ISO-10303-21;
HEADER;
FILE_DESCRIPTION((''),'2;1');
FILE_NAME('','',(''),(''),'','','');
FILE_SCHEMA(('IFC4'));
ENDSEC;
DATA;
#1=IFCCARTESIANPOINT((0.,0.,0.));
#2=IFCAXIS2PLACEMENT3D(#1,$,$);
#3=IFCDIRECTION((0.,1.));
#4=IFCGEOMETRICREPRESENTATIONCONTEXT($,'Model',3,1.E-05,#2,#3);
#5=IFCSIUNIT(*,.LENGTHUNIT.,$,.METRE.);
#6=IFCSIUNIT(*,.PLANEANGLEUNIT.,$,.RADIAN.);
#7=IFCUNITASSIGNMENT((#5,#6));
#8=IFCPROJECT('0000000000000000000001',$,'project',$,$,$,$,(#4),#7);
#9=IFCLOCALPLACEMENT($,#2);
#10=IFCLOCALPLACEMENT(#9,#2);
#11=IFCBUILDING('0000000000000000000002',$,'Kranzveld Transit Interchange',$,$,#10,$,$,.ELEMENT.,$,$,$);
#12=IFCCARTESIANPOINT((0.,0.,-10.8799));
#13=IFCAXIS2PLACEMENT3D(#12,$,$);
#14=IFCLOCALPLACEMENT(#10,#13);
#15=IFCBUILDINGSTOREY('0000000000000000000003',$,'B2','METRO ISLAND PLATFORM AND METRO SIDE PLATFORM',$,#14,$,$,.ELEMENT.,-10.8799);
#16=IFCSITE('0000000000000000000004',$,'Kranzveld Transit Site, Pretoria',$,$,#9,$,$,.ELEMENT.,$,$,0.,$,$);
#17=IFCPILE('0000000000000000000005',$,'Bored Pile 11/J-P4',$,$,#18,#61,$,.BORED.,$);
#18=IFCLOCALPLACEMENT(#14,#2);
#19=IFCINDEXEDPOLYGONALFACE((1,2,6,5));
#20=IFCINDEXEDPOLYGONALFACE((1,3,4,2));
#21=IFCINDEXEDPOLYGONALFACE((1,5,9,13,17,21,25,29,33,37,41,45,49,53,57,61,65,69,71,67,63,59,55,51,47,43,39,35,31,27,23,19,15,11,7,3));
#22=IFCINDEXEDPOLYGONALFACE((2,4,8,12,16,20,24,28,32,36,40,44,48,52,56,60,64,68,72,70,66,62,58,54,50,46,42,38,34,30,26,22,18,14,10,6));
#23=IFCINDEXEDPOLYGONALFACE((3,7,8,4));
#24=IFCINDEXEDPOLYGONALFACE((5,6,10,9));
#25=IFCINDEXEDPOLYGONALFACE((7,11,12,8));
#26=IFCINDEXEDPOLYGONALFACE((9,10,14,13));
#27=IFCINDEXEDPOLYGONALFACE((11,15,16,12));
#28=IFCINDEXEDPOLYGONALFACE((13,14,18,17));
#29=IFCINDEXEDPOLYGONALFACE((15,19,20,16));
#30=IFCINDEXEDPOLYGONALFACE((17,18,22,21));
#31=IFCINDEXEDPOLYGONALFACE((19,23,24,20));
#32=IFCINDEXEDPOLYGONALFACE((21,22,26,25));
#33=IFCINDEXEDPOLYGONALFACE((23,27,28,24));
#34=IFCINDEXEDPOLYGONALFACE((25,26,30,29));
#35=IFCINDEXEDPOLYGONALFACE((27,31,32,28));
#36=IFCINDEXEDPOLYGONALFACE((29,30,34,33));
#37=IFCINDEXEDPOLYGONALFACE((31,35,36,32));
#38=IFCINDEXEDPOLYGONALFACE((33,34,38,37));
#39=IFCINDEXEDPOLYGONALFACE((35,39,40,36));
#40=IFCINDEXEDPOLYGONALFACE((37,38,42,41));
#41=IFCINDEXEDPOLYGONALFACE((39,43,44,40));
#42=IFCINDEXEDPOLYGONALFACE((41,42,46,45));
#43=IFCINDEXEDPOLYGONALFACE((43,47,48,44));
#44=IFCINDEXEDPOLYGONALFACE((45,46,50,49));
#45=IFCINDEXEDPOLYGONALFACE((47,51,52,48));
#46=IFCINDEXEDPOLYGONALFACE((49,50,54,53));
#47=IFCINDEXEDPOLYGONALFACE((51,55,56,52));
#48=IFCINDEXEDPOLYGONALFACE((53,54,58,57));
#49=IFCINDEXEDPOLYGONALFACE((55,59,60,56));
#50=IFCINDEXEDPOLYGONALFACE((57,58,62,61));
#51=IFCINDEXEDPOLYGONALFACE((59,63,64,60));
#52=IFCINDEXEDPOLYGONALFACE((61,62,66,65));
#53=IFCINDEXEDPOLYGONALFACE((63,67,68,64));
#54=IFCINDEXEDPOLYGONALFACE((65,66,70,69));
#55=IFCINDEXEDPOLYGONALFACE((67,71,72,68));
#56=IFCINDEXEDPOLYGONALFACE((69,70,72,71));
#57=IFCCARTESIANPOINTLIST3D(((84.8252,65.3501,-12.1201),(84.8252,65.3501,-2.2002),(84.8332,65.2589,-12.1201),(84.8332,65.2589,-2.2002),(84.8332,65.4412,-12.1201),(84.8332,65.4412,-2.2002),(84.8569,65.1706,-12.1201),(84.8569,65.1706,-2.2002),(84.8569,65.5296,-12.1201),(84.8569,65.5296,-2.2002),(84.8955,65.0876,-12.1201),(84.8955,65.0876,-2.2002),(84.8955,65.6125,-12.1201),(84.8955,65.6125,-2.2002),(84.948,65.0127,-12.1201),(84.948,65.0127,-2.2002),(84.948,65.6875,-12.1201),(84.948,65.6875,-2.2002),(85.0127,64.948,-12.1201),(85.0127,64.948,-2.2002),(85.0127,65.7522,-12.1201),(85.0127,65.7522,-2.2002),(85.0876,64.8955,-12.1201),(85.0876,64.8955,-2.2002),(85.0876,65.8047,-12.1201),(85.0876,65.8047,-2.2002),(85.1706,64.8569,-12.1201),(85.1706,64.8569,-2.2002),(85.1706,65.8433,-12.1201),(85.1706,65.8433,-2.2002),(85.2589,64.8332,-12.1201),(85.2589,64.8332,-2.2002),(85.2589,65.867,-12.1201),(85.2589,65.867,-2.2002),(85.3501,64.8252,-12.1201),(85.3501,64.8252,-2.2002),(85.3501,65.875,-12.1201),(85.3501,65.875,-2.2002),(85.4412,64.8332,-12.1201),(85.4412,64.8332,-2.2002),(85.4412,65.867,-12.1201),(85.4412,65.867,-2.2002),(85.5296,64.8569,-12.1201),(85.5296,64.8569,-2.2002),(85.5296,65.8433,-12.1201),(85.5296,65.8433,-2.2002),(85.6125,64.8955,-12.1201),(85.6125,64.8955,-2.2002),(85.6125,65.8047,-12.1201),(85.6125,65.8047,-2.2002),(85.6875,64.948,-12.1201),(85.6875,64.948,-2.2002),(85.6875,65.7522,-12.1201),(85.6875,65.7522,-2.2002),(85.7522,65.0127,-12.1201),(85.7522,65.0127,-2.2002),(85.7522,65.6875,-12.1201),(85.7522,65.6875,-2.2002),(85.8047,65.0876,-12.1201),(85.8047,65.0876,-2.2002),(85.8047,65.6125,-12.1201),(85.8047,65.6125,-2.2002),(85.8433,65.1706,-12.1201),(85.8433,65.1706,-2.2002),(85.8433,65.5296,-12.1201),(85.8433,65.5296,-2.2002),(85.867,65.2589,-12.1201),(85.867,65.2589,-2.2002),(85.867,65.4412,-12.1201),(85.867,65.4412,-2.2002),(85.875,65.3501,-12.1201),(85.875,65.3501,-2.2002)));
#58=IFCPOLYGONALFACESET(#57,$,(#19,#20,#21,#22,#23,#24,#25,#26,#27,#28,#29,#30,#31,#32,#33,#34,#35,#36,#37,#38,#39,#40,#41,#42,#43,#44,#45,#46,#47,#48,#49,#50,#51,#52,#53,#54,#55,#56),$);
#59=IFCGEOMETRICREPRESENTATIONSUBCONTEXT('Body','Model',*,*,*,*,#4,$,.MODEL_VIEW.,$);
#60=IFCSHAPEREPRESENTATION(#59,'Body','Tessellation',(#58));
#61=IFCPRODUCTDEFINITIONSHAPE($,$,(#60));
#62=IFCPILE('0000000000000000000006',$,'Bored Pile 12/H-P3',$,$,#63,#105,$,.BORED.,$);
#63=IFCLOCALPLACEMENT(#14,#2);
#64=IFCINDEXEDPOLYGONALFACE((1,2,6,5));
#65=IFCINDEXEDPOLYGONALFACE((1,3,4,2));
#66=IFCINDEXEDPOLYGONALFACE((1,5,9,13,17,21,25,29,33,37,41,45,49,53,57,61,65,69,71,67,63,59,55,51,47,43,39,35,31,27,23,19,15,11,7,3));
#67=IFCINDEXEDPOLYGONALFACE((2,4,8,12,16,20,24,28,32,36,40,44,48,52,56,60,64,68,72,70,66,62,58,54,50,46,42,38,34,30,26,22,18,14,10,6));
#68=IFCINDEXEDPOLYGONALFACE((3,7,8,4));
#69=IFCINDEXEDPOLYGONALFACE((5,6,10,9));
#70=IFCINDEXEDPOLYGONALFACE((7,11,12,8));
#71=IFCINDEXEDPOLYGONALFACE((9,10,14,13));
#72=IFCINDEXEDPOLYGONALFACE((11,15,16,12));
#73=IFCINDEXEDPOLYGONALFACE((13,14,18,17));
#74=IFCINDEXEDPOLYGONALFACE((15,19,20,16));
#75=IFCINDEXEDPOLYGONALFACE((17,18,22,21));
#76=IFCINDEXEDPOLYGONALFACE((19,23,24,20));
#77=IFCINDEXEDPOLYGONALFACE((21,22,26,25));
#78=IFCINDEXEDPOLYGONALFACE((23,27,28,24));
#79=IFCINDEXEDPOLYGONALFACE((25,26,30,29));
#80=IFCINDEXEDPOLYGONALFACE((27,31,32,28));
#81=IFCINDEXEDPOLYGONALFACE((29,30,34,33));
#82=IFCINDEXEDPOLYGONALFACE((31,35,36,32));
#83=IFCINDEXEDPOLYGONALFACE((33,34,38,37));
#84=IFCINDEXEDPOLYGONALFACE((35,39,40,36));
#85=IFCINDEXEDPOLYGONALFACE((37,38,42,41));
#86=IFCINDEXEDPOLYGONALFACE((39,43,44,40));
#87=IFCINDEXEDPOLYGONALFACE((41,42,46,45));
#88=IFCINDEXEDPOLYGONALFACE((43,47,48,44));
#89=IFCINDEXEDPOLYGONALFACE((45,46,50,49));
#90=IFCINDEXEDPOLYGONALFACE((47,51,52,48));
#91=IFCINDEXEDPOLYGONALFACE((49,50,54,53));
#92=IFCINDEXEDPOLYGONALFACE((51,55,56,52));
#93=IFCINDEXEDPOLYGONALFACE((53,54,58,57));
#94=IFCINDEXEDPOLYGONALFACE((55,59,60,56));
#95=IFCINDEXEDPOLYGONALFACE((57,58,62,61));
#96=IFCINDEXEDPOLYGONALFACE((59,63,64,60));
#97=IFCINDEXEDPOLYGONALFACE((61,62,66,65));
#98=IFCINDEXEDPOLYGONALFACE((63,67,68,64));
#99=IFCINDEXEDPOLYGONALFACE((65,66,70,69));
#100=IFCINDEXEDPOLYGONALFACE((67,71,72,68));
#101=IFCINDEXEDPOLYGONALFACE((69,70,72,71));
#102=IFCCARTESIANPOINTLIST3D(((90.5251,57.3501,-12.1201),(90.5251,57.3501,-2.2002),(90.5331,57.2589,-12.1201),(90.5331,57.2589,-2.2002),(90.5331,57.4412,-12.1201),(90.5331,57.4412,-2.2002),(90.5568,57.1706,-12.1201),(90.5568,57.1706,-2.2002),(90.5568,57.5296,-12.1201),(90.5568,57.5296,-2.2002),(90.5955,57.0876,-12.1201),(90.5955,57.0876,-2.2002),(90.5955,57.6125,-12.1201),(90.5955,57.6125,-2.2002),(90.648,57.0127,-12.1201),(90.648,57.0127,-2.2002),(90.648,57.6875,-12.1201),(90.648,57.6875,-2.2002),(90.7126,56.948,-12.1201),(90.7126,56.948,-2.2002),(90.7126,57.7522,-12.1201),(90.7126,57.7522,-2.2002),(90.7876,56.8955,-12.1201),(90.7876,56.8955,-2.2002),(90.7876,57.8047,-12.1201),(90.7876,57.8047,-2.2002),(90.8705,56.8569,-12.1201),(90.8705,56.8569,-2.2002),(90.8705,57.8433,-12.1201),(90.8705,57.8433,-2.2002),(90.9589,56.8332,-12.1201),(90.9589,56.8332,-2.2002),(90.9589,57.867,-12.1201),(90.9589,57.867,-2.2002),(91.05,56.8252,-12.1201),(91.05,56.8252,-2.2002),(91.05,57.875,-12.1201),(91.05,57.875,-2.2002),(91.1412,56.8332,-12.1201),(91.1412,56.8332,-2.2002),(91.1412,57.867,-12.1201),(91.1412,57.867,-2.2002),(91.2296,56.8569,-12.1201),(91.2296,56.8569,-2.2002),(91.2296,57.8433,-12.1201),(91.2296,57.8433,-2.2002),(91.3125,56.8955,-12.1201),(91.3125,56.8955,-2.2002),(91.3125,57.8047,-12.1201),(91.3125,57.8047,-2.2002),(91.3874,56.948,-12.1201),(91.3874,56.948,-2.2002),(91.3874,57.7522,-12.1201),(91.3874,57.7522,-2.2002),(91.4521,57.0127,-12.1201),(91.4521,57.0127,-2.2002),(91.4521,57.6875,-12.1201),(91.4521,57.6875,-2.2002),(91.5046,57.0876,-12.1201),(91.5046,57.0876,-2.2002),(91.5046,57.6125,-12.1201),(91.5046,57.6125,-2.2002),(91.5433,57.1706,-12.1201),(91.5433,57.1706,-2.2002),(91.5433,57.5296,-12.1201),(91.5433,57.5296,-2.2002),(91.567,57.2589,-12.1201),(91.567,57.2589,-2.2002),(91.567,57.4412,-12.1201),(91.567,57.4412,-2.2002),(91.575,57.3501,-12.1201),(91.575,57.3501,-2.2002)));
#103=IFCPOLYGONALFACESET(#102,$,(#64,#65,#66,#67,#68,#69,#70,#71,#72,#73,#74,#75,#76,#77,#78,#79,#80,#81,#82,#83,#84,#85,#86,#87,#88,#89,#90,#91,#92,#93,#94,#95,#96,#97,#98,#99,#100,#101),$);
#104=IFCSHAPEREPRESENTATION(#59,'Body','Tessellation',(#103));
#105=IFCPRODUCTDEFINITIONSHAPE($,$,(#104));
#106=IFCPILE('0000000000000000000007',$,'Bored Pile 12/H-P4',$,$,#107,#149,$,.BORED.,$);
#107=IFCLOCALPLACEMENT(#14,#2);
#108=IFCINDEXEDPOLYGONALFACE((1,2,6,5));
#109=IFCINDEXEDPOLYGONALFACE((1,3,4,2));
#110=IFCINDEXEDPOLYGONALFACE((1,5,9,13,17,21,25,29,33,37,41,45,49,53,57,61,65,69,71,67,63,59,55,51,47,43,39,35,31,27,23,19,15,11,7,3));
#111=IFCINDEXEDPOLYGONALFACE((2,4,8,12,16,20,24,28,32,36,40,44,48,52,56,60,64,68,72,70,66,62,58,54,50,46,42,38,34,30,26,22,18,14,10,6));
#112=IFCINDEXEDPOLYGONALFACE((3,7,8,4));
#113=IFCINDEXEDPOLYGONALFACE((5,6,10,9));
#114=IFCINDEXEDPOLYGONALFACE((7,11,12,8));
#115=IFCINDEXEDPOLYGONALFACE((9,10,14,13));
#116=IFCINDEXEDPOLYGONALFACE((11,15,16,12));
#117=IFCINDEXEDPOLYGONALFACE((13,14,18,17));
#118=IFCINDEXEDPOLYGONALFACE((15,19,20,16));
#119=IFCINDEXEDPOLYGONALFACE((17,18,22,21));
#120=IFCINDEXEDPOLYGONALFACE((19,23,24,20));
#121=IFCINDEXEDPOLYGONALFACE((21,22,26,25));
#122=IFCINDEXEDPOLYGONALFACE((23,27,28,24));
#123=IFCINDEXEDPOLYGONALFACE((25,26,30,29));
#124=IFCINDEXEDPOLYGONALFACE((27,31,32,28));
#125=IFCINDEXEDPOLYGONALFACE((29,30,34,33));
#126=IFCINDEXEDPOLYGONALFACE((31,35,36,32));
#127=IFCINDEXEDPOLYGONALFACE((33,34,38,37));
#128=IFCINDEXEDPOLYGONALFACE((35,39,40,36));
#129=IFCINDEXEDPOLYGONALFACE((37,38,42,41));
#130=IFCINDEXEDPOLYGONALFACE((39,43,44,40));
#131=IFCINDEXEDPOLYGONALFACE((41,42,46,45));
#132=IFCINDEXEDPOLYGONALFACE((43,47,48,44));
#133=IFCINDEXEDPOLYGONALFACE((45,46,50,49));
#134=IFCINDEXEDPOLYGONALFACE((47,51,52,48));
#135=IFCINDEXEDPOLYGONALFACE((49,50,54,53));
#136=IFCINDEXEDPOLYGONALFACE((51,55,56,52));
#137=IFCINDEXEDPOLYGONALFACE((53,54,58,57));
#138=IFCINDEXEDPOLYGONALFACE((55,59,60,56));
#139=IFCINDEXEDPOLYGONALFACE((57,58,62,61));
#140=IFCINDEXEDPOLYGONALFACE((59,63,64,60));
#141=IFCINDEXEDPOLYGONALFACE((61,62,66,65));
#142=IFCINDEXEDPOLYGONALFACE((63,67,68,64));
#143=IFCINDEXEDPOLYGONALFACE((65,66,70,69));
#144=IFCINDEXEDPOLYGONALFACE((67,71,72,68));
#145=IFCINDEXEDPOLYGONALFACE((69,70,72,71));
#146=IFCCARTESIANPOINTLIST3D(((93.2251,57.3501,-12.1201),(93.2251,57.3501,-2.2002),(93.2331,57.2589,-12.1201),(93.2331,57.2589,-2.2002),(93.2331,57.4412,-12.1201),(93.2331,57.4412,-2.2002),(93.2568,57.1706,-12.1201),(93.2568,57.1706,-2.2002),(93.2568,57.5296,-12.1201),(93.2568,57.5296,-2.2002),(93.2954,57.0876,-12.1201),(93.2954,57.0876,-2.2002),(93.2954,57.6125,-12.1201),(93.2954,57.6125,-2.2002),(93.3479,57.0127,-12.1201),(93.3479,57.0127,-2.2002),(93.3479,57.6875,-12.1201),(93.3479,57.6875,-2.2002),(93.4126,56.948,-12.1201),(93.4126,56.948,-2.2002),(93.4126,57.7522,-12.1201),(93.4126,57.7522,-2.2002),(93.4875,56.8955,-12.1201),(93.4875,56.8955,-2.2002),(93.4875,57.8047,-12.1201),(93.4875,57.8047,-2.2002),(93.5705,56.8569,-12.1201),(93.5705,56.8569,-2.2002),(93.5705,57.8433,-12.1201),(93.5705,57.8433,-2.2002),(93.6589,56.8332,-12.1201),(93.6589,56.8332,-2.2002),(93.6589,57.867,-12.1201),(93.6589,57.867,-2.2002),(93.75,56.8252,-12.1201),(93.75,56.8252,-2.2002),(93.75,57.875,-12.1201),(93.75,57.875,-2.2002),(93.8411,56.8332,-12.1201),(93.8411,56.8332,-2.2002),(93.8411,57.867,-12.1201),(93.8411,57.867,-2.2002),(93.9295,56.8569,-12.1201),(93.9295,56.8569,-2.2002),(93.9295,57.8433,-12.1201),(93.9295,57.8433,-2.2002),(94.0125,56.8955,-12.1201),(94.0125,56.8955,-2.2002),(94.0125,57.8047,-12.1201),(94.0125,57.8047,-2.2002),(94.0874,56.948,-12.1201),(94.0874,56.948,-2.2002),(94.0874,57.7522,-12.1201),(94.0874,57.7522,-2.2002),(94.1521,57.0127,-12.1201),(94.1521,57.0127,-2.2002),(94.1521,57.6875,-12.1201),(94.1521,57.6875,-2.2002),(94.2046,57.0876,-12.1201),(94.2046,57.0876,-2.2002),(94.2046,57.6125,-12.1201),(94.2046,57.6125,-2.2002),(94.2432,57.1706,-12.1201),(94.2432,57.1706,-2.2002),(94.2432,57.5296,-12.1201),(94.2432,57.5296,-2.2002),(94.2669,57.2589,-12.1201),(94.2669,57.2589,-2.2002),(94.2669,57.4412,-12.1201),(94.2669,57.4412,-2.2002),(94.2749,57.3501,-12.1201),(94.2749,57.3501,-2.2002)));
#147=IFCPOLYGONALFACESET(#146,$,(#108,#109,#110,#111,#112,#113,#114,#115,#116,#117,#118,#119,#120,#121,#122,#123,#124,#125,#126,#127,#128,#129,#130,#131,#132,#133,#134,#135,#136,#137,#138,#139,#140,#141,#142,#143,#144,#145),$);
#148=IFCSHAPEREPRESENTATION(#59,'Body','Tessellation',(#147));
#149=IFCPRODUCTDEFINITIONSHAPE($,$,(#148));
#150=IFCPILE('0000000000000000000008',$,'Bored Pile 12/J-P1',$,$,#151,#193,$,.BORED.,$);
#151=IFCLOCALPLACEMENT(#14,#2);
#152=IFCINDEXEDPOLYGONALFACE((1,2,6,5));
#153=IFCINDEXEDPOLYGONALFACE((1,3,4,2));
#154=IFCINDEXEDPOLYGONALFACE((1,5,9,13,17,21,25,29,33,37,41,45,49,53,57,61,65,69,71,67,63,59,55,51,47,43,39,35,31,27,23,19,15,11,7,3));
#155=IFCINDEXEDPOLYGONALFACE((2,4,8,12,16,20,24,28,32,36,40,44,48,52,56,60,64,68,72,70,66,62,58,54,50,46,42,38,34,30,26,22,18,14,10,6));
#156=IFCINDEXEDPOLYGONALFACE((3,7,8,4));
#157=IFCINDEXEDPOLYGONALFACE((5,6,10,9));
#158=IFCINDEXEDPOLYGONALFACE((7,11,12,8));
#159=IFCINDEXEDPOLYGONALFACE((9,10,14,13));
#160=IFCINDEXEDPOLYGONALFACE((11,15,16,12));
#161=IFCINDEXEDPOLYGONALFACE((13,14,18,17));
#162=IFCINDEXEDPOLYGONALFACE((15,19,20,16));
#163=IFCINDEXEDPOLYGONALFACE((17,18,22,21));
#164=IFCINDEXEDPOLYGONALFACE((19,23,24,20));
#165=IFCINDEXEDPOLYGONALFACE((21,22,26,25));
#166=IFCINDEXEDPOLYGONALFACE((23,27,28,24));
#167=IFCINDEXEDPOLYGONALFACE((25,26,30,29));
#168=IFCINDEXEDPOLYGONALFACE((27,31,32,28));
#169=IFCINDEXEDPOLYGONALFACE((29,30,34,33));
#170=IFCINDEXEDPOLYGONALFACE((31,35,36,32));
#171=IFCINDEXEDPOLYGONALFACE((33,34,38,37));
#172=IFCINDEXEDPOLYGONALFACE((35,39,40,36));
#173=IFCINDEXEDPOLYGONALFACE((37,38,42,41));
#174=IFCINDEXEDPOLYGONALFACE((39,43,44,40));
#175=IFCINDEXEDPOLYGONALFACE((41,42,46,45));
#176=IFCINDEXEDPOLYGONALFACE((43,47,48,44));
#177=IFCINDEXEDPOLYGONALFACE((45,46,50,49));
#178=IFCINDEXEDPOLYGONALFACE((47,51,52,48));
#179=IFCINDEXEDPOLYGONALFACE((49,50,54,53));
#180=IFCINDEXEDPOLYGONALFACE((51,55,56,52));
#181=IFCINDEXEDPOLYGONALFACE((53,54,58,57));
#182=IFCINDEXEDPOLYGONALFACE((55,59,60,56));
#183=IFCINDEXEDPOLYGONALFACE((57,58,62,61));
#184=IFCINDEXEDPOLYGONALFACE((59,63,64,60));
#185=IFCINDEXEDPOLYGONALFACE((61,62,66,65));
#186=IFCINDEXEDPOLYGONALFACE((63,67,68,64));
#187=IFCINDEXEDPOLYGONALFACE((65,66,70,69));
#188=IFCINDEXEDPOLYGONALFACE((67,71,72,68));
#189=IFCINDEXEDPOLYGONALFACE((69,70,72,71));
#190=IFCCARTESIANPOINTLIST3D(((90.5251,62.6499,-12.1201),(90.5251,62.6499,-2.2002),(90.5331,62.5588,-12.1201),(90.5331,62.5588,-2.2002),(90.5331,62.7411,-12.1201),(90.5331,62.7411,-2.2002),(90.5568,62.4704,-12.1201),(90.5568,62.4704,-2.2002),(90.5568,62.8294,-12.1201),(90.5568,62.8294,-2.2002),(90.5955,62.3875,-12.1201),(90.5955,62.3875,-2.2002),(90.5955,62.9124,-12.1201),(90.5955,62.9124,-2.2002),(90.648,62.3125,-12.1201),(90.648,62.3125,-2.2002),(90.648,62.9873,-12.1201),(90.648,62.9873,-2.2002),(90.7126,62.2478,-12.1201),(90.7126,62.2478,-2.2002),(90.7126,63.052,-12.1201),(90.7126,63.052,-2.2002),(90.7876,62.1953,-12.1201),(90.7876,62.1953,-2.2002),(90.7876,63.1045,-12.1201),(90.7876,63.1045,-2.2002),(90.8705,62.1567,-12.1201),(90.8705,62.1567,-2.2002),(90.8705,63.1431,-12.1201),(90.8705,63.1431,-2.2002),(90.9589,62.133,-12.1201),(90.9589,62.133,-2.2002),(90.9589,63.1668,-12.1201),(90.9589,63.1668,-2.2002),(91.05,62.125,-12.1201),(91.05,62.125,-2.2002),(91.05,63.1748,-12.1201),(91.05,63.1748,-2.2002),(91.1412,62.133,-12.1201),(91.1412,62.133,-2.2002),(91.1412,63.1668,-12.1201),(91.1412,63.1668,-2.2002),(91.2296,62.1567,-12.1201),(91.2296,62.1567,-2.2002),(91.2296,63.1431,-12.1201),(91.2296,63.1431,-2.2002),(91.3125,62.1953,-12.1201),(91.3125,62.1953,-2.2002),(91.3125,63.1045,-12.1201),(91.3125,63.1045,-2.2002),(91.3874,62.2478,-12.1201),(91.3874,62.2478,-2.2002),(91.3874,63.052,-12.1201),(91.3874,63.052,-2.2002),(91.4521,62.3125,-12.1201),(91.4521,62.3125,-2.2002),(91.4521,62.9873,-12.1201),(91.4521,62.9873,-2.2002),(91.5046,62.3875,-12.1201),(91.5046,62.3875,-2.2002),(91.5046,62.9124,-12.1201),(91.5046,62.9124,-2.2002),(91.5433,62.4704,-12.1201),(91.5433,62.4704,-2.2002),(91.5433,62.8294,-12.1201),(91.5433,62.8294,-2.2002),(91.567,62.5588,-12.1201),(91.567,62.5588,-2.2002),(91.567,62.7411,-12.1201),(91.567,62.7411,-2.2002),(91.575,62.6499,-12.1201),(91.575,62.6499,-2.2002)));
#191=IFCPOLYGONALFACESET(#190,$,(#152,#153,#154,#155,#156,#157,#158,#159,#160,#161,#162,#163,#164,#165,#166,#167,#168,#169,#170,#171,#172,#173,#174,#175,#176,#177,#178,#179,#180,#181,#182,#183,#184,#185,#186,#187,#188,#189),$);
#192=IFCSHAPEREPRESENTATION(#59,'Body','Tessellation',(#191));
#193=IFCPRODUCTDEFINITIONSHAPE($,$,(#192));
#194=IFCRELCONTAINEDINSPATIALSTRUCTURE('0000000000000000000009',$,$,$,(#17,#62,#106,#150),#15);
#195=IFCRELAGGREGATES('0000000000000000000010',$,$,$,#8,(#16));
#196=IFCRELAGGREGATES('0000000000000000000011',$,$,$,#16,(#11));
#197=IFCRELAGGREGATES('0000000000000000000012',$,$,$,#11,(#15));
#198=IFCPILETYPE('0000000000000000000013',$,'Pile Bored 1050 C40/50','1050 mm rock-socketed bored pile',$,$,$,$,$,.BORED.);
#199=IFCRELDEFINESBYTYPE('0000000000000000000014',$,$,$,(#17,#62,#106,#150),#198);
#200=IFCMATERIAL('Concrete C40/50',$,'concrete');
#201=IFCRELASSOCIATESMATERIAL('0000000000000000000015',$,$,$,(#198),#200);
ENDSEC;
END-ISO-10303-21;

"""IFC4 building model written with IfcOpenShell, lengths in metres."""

from ifc_helpers import new_model, si_unit, direction, frame, origin, origin_2d, place, context, subcontext, project, spatial, circle, extrude, material, material_profile, profile_set, type_object, element, save


model = new_model("IFC4")

# Units and contexts
model_context = context("Model", 3, precision=1e-05, world=origin(), true_north=direction((0.0, 1.0)))
body_context = subcontext(model_context, "Body", "Model", "MODEL_VIEW")
ifc_project = project(units=[si_unit("LENGTHUNIT", "METRE"), si_unit("PLANEANGLEUNIT", "RADIAN")], contexts=[model_context])

# Site, building, storey
site_placement = place(None, origin())
site = spatial("IfcSite", under=ifc_project, at=site_placement, Name="Kranzveld Transit Site, Pretoria", CompositionType="ELEMENT", RefElevation=0.0)
building_placement = place(site_placement, origin())
building = spatial("IfcBuilding", under=site, at=building_placement, Name="Kranzveld Transit Interchange", CompositionType="ELEMENT")
storey_placement = place(building_placement, frame((0.0, 0.0, -10.8799)))
storey = spatial("IfcBuildingStorey", under=building, at=storey_placement, Name="B2", Description="METRO ISLAND PLATFORM AND METRO SIDE PLATFORM", CompositionType="ELEMENT", Elevation=-10.8799)

# Piles
ifc_material_1 = material(Name="Concrete C40/50", Category="concrete")
ifc_material_profile_1 = material_profile(ifc_material_1, circle(Radius=0.5249, at=origin_2d()), Name="BORED PILE 1050")
ifc_profile_set_1 = profile_set([ifc_material_profile_1], Name="Concrete C40/50")
pile_type_1 = type_object("IfcPileType", Name="Pile Bored 1050 C40/50", Description="1050 mm rock-socketed bored pile", PredefinedType="BORED", material=ifc_profile_set_1)
for number, where, z_axis, x_axis, name in (
    (1, (85.3501, 65.3501, -2.2002), (0.0, 0.0, -1.0), (1.0, 0.0, 0.0), "Bored Pile 11/J-P4"),
    (2, (91.05, 57.3501, -2.2002), (0.0, 0.0, -1.0), (1.0, 0.0, 0.0), "Bored Pile 12/H-P3"),
    (3, (93.75, 57.3501, -2.2002), (0.0, 0.0, -1.0), (1.0, 0.0, 0.0), "Bored Pile 12/H-P4"),
    (4, (91.05, 62.6499, -2.2002), (0.0, 0.0, -1.0), (1.0, 0.0, 0.0), "Bored Pile 12/J-P1"),
):
    element("IfcPile", number, at=place(storey_placement, frame(where, z_axis=z_axis, x_axis=x_axis)), inside=storey, type_object=pile_type_1, Name=name, PredefinedType="BORED", context=body_context, shape_type="SweptSolid", body=[
        extrude(circle(Radius=0.5249, at=origin_2d()), origin(), (0.0, 0.0, 1.0), 9.9199),
    ])

save(model, "model.ifc")
